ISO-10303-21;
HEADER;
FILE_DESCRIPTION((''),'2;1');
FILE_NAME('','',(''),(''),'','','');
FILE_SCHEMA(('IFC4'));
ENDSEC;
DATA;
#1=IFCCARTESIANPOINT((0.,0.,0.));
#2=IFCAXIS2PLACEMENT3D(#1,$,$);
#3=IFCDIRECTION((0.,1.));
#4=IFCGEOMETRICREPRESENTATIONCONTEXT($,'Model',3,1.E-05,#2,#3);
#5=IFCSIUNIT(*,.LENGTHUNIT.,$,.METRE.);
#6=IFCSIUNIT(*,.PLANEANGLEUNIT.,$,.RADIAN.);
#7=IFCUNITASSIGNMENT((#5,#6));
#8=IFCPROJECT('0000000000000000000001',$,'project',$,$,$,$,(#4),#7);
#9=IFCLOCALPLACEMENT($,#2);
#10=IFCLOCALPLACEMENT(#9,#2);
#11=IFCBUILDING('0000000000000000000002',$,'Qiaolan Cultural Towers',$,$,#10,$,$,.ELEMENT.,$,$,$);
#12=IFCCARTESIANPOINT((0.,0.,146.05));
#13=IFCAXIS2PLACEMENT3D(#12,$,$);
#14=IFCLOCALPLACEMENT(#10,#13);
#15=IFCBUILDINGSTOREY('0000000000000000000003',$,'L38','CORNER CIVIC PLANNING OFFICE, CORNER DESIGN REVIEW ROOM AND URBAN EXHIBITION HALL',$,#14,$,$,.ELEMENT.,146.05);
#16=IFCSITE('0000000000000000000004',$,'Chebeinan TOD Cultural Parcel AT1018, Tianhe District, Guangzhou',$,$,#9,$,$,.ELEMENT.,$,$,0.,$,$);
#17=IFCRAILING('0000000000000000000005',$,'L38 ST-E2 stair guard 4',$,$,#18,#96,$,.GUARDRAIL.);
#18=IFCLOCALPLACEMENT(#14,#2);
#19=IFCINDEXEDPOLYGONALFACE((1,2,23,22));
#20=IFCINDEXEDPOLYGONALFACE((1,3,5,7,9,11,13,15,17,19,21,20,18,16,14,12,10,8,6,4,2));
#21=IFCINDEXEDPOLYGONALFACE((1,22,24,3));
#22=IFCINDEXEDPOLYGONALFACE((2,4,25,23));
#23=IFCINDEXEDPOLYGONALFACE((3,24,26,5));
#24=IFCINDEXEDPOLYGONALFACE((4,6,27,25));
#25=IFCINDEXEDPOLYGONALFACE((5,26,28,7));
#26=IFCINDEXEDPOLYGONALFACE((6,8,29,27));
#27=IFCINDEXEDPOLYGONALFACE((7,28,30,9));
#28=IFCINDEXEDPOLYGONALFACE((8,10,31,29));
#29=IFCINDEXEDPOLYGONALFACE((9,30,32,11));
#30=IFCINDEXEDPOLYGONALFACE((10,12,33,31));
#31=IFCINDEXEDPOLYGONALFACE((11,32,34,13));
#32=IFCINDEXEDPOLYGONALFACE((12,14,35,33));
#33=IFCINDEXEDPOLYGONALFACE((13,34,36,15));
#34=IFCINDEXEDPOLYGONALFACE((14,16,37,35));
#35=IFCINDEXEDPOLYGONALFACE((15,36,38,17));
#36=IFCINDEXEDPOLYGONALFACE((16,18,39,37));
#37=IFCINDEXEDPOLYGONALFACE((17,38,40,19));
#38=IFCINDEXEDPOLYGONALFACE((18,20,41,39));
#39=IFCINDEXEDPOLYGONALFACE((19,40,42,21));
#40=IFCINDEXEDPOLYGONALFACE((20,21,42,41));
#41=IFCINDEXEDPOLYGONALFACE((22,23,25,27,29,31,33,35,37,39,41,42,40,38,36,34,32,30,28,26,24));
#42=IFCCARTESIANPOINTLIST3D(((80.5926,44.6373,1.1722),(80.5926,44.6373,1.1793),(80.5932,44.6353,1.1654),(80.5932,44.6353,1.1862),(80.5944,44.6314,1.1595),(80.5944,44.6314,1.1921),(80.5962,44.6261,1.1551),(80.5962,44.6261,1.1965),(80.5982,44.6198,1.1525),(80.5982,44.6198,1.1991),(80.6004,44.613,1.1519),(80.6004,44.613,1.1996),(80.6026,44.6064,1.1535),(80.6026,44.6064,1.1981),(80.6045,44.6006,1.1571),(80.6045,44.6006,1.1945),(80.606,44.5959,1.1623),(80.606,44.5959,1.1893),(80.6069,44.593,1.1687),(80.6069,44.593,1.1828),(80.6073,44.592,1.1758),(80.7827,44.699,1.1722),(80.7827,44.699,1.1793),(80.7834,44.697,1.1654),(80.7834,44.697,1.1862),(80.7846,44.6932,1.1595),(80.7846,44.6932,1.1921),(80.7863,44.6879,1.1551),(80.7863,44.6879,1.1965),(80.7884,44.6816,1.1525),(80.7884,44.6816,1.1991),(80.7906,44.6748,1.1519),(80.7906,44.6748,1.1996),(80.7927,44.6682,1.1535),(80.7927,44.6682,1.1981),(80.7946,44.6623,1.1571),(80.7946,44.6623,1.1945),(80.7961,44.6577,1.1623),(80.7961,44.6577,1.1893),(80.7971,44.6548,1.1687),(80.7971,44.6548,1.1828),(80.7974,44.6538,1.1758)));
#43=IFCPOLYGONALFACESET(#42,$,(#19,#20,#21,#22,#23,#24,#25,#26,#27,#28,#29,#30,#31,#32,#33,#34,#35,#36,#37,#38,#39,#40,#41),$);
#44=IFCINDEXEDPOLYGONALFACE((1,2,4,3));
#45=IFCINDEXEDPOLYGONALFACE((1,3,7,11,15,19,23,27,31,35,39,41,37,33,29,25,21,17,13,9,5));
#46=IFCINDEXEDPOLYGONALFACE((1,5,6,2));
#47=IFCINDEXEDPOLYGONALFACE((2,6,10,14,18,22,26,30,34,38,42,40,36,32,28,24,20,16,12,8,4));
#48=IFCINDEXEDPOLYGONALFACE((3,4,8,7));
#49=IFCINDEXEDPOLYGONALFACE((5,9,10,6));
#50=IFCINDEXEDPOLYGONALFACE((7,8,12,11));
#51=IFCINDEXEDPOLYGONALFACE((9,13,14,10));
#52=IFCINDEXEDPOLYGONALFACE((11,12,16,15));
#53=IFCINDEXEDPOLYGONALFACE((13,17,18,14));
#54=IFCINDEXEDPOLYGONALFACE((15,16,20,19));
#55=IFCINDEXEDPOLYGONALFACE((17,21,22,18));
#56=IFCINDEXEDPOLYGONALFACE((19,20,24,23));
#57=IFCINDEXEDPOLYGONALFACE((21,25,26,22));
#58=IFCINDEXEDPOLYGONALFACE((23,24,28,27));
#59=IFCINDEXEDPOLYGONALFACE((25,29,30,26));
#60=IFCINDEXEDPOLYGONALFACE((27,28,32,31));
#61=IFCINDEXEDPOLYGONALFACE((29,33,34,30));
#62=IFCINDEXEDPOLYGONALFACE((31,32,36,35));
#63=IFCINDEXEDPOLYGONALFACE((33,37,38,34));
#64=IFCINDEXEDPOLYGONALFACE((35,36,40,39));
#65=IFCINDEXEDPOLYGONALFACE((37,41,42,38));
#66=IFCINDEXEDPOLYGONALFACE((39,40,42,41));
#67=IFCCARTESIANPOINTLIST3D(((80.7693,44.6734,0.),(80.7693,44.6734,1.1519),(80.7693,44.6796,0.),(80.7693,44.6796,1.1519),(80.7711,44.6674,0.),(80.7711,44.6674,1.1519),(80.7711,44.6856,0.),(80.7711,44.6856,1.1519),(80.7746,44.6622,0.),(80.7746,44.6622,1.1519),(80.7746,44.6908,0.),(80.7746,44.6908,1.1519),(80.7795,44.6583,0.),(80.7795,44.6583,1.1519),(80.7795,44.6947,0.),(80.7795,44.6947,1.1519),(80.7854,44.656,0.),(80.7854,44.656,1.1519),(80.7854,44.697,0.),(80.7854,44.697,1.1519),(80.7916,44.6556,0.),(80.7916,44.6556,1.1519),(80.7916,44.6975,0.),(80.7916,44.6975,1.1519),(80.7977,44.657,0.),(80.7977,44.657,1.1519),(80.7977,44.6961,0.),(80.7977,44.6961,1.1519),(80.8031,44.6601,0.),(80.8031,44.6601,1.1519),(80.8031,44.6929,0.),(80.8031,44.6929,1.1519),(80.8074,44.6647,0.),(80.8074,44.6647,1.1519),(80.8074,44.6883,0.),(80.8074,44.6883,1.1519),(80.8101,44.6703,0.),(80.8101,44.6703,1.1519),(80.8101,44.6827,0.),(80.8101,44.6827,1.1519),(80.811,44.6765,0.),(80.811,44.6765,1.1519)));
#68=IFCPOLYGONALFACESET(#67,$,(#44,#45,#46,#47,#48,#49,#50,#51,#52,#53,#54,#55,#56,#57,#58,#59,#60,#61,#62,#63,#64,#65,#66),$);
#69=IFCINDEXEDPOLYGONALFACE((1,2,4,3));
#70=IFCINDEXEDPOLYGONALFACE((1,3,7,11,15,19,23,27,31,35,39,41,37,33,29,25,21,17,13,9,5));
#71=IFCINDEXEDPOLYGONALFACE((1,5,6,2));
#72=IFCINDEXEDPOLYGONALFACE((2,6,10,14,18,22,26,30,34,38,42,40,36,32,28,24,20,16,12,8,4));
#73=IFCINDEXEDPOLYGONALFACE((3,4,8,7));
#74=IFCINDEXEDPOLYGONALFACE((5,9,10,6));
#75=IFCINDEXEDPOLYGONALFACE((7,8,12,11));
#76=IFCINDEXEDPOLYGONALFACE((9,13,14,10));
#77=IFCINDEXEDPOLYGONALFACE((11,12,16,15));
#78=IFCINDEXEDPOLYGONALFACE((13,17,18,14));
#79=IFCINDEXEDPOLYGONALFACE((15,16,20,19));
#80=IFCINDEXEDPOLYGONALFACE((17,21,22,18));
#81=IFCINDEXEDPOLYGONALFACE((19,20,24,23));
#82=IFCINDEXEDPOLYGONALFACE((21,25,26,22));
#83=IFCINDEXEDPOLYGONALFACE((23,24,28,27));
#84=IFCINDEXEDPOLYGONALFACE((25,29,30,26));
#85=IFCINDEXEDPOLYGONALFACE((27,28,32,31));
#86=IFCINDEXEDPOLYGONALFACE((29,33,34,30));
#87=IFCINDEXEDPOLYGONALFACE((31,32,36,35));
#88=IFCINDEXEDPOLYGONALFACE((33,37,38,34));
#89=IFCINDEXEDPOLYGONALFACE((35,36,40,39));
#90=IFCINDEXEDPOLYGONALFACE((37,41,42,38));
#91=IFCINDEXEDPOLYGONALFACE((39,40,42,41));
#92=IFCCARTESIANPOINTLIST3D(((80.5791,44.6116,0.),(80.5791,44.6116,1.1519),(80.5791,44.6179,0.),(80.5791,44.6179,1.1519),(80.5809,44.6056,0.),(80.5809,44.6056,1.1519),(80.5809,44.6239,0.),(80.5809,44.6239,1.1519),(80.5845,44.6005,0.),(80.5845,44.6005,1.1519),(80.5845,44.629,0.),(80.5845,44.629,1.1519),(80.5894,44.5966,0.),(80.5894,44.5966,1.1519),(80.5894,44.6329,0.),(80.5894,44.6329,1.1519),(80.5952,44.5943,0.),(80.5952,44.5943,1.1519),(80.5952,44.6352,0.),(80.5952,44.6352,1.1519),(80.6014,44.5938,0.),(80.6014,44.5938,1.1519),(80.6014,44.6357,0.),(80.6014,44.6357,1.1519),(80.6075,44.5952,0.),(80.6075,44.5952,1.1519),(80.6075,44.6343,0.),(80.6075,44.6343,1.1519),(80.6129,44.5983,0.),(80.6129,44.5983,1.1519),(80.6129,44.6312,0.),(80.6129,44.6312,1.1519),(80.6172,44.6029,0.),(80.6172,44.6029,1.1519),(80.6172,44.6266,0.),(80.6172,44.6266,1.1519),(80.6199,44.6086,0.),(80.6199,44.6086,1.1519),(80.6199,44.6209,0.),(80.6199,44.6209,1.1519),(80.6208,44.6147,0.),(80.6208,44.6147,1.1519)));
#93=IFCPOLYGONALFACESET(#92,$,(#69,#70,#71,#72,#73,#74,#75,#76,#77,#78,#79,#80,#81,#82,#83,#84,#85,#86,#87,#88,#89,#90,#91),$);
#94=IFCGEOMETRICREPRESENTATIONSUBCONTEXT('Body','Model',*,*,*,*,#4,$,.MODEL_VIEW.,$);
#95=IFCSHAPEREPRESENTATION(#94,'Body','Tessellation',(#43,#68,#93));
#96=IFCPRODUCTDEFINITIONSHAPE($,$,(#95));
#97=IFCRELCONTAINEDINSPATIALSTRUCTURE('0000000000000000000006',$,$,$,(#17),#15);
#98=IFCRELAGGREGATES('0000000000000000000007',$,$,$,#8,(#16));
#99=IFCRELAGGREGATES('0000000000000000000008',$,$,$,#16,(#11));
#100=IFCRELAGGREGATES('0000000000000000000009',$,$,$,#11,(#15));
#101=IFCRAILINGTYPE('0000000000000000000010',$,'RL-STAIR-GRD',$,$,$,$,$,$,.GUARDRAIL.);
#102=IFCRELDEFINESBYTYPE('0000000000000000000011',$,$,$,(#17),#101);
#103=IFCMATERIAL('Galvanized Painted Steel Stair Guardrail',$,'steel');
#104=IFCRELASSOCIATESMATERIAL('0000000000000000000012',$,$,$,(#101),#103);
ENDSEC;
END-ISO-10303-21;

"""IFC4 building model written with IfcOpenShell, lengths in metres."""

from ifc_helpers import new_model, si_unit, direction, frame, origin, origin_2d, place, context, subcontext, project, spatial, circle, extrude, material, type_object, element, save


model = new_model("IFC4")

# Units and contexts
model_context = context("Model", 3, precision=1e-05, world=origin(), true_north=direction((0.0, 1.0)))
body_context = subcontext(model_context, "Body", "Model", "MODEL_VIEW")
ifc_project = project(units=[si_unit("LENGTHUNIT", "METRE"), si_unit("PLANEANGLEUNIT", "RADIAN")], contexts=[model_context])

# Site, building, storey
site_placement = place(None, origin())
site = spatial("IfcSite", under=ifc_project, at=site_placement, Name="Chebeinan TOD Cultural Parcel AT1018, Tianhe District, Guangzhou", CompositionType="ELEMENT", RefElevation=0.0)
building_placement = place(site_placement, origin())
building = spatial("IfcBuilding", under=site, at=building_placement, Name="Qiaolan Cultural Towers", CompositionType="ELEMENT")
storey_placement = place(building_placement, frame((0.0, 0.0, 146.05)))
storey = spatial("IfcBuildingStorey", under=building, at=storey_placement, Name="L38", Description="CORNER CIVIC PLANNING OFFICE, CORNER DESIGN REVIEW ROOM AND URBAN EXHIBITION HALL", CompositionType="ELEMENT", Elevation=146.05)

# Railing
ifc_material_1 = material(Name="Galvanized Painted Steel Stair Guardrail", Category="steel")
railing_type_1 = type_object("IfcRailingType", Name="RL-STAIR-GRD", PredefinedType="GUARDRAIL", material=ifc_material_1)
railing_1_placement = place(storey_placement, frame((80.79, 44.6765, 0.0)))
element("IfcRailing", 1, at=railing_1_placement, inside=storey, type_object=railing_type_1, Name="L38 ST-E2 stair guard 4", PredefinedType="GUARDRAIL", context=body_context, shape_type="SweptSolid", body=[
    extrude(circle(Radius=0.0239, at=origin_2d()), frame((0.0, 0.0, 1.1758), z_axis=(-0.951097, -0.308893, 0.0), x_axis=(0.308893, -0.951097, 0.0)), (0.0, 0.0, 1.0), 0.2),
    extrude(circle(Radius=0.021, at=origin_2d()), origin(), (0.0, 0.0, 1.0), 1.1519),
    extrude(circle(Radius=0.021, at=origin_2d()), frame((-0.1902, -0.0618, 0.0)), (0.0, 0.0, 1.0), 1.1519),
])

save(model, "model.ifc")
